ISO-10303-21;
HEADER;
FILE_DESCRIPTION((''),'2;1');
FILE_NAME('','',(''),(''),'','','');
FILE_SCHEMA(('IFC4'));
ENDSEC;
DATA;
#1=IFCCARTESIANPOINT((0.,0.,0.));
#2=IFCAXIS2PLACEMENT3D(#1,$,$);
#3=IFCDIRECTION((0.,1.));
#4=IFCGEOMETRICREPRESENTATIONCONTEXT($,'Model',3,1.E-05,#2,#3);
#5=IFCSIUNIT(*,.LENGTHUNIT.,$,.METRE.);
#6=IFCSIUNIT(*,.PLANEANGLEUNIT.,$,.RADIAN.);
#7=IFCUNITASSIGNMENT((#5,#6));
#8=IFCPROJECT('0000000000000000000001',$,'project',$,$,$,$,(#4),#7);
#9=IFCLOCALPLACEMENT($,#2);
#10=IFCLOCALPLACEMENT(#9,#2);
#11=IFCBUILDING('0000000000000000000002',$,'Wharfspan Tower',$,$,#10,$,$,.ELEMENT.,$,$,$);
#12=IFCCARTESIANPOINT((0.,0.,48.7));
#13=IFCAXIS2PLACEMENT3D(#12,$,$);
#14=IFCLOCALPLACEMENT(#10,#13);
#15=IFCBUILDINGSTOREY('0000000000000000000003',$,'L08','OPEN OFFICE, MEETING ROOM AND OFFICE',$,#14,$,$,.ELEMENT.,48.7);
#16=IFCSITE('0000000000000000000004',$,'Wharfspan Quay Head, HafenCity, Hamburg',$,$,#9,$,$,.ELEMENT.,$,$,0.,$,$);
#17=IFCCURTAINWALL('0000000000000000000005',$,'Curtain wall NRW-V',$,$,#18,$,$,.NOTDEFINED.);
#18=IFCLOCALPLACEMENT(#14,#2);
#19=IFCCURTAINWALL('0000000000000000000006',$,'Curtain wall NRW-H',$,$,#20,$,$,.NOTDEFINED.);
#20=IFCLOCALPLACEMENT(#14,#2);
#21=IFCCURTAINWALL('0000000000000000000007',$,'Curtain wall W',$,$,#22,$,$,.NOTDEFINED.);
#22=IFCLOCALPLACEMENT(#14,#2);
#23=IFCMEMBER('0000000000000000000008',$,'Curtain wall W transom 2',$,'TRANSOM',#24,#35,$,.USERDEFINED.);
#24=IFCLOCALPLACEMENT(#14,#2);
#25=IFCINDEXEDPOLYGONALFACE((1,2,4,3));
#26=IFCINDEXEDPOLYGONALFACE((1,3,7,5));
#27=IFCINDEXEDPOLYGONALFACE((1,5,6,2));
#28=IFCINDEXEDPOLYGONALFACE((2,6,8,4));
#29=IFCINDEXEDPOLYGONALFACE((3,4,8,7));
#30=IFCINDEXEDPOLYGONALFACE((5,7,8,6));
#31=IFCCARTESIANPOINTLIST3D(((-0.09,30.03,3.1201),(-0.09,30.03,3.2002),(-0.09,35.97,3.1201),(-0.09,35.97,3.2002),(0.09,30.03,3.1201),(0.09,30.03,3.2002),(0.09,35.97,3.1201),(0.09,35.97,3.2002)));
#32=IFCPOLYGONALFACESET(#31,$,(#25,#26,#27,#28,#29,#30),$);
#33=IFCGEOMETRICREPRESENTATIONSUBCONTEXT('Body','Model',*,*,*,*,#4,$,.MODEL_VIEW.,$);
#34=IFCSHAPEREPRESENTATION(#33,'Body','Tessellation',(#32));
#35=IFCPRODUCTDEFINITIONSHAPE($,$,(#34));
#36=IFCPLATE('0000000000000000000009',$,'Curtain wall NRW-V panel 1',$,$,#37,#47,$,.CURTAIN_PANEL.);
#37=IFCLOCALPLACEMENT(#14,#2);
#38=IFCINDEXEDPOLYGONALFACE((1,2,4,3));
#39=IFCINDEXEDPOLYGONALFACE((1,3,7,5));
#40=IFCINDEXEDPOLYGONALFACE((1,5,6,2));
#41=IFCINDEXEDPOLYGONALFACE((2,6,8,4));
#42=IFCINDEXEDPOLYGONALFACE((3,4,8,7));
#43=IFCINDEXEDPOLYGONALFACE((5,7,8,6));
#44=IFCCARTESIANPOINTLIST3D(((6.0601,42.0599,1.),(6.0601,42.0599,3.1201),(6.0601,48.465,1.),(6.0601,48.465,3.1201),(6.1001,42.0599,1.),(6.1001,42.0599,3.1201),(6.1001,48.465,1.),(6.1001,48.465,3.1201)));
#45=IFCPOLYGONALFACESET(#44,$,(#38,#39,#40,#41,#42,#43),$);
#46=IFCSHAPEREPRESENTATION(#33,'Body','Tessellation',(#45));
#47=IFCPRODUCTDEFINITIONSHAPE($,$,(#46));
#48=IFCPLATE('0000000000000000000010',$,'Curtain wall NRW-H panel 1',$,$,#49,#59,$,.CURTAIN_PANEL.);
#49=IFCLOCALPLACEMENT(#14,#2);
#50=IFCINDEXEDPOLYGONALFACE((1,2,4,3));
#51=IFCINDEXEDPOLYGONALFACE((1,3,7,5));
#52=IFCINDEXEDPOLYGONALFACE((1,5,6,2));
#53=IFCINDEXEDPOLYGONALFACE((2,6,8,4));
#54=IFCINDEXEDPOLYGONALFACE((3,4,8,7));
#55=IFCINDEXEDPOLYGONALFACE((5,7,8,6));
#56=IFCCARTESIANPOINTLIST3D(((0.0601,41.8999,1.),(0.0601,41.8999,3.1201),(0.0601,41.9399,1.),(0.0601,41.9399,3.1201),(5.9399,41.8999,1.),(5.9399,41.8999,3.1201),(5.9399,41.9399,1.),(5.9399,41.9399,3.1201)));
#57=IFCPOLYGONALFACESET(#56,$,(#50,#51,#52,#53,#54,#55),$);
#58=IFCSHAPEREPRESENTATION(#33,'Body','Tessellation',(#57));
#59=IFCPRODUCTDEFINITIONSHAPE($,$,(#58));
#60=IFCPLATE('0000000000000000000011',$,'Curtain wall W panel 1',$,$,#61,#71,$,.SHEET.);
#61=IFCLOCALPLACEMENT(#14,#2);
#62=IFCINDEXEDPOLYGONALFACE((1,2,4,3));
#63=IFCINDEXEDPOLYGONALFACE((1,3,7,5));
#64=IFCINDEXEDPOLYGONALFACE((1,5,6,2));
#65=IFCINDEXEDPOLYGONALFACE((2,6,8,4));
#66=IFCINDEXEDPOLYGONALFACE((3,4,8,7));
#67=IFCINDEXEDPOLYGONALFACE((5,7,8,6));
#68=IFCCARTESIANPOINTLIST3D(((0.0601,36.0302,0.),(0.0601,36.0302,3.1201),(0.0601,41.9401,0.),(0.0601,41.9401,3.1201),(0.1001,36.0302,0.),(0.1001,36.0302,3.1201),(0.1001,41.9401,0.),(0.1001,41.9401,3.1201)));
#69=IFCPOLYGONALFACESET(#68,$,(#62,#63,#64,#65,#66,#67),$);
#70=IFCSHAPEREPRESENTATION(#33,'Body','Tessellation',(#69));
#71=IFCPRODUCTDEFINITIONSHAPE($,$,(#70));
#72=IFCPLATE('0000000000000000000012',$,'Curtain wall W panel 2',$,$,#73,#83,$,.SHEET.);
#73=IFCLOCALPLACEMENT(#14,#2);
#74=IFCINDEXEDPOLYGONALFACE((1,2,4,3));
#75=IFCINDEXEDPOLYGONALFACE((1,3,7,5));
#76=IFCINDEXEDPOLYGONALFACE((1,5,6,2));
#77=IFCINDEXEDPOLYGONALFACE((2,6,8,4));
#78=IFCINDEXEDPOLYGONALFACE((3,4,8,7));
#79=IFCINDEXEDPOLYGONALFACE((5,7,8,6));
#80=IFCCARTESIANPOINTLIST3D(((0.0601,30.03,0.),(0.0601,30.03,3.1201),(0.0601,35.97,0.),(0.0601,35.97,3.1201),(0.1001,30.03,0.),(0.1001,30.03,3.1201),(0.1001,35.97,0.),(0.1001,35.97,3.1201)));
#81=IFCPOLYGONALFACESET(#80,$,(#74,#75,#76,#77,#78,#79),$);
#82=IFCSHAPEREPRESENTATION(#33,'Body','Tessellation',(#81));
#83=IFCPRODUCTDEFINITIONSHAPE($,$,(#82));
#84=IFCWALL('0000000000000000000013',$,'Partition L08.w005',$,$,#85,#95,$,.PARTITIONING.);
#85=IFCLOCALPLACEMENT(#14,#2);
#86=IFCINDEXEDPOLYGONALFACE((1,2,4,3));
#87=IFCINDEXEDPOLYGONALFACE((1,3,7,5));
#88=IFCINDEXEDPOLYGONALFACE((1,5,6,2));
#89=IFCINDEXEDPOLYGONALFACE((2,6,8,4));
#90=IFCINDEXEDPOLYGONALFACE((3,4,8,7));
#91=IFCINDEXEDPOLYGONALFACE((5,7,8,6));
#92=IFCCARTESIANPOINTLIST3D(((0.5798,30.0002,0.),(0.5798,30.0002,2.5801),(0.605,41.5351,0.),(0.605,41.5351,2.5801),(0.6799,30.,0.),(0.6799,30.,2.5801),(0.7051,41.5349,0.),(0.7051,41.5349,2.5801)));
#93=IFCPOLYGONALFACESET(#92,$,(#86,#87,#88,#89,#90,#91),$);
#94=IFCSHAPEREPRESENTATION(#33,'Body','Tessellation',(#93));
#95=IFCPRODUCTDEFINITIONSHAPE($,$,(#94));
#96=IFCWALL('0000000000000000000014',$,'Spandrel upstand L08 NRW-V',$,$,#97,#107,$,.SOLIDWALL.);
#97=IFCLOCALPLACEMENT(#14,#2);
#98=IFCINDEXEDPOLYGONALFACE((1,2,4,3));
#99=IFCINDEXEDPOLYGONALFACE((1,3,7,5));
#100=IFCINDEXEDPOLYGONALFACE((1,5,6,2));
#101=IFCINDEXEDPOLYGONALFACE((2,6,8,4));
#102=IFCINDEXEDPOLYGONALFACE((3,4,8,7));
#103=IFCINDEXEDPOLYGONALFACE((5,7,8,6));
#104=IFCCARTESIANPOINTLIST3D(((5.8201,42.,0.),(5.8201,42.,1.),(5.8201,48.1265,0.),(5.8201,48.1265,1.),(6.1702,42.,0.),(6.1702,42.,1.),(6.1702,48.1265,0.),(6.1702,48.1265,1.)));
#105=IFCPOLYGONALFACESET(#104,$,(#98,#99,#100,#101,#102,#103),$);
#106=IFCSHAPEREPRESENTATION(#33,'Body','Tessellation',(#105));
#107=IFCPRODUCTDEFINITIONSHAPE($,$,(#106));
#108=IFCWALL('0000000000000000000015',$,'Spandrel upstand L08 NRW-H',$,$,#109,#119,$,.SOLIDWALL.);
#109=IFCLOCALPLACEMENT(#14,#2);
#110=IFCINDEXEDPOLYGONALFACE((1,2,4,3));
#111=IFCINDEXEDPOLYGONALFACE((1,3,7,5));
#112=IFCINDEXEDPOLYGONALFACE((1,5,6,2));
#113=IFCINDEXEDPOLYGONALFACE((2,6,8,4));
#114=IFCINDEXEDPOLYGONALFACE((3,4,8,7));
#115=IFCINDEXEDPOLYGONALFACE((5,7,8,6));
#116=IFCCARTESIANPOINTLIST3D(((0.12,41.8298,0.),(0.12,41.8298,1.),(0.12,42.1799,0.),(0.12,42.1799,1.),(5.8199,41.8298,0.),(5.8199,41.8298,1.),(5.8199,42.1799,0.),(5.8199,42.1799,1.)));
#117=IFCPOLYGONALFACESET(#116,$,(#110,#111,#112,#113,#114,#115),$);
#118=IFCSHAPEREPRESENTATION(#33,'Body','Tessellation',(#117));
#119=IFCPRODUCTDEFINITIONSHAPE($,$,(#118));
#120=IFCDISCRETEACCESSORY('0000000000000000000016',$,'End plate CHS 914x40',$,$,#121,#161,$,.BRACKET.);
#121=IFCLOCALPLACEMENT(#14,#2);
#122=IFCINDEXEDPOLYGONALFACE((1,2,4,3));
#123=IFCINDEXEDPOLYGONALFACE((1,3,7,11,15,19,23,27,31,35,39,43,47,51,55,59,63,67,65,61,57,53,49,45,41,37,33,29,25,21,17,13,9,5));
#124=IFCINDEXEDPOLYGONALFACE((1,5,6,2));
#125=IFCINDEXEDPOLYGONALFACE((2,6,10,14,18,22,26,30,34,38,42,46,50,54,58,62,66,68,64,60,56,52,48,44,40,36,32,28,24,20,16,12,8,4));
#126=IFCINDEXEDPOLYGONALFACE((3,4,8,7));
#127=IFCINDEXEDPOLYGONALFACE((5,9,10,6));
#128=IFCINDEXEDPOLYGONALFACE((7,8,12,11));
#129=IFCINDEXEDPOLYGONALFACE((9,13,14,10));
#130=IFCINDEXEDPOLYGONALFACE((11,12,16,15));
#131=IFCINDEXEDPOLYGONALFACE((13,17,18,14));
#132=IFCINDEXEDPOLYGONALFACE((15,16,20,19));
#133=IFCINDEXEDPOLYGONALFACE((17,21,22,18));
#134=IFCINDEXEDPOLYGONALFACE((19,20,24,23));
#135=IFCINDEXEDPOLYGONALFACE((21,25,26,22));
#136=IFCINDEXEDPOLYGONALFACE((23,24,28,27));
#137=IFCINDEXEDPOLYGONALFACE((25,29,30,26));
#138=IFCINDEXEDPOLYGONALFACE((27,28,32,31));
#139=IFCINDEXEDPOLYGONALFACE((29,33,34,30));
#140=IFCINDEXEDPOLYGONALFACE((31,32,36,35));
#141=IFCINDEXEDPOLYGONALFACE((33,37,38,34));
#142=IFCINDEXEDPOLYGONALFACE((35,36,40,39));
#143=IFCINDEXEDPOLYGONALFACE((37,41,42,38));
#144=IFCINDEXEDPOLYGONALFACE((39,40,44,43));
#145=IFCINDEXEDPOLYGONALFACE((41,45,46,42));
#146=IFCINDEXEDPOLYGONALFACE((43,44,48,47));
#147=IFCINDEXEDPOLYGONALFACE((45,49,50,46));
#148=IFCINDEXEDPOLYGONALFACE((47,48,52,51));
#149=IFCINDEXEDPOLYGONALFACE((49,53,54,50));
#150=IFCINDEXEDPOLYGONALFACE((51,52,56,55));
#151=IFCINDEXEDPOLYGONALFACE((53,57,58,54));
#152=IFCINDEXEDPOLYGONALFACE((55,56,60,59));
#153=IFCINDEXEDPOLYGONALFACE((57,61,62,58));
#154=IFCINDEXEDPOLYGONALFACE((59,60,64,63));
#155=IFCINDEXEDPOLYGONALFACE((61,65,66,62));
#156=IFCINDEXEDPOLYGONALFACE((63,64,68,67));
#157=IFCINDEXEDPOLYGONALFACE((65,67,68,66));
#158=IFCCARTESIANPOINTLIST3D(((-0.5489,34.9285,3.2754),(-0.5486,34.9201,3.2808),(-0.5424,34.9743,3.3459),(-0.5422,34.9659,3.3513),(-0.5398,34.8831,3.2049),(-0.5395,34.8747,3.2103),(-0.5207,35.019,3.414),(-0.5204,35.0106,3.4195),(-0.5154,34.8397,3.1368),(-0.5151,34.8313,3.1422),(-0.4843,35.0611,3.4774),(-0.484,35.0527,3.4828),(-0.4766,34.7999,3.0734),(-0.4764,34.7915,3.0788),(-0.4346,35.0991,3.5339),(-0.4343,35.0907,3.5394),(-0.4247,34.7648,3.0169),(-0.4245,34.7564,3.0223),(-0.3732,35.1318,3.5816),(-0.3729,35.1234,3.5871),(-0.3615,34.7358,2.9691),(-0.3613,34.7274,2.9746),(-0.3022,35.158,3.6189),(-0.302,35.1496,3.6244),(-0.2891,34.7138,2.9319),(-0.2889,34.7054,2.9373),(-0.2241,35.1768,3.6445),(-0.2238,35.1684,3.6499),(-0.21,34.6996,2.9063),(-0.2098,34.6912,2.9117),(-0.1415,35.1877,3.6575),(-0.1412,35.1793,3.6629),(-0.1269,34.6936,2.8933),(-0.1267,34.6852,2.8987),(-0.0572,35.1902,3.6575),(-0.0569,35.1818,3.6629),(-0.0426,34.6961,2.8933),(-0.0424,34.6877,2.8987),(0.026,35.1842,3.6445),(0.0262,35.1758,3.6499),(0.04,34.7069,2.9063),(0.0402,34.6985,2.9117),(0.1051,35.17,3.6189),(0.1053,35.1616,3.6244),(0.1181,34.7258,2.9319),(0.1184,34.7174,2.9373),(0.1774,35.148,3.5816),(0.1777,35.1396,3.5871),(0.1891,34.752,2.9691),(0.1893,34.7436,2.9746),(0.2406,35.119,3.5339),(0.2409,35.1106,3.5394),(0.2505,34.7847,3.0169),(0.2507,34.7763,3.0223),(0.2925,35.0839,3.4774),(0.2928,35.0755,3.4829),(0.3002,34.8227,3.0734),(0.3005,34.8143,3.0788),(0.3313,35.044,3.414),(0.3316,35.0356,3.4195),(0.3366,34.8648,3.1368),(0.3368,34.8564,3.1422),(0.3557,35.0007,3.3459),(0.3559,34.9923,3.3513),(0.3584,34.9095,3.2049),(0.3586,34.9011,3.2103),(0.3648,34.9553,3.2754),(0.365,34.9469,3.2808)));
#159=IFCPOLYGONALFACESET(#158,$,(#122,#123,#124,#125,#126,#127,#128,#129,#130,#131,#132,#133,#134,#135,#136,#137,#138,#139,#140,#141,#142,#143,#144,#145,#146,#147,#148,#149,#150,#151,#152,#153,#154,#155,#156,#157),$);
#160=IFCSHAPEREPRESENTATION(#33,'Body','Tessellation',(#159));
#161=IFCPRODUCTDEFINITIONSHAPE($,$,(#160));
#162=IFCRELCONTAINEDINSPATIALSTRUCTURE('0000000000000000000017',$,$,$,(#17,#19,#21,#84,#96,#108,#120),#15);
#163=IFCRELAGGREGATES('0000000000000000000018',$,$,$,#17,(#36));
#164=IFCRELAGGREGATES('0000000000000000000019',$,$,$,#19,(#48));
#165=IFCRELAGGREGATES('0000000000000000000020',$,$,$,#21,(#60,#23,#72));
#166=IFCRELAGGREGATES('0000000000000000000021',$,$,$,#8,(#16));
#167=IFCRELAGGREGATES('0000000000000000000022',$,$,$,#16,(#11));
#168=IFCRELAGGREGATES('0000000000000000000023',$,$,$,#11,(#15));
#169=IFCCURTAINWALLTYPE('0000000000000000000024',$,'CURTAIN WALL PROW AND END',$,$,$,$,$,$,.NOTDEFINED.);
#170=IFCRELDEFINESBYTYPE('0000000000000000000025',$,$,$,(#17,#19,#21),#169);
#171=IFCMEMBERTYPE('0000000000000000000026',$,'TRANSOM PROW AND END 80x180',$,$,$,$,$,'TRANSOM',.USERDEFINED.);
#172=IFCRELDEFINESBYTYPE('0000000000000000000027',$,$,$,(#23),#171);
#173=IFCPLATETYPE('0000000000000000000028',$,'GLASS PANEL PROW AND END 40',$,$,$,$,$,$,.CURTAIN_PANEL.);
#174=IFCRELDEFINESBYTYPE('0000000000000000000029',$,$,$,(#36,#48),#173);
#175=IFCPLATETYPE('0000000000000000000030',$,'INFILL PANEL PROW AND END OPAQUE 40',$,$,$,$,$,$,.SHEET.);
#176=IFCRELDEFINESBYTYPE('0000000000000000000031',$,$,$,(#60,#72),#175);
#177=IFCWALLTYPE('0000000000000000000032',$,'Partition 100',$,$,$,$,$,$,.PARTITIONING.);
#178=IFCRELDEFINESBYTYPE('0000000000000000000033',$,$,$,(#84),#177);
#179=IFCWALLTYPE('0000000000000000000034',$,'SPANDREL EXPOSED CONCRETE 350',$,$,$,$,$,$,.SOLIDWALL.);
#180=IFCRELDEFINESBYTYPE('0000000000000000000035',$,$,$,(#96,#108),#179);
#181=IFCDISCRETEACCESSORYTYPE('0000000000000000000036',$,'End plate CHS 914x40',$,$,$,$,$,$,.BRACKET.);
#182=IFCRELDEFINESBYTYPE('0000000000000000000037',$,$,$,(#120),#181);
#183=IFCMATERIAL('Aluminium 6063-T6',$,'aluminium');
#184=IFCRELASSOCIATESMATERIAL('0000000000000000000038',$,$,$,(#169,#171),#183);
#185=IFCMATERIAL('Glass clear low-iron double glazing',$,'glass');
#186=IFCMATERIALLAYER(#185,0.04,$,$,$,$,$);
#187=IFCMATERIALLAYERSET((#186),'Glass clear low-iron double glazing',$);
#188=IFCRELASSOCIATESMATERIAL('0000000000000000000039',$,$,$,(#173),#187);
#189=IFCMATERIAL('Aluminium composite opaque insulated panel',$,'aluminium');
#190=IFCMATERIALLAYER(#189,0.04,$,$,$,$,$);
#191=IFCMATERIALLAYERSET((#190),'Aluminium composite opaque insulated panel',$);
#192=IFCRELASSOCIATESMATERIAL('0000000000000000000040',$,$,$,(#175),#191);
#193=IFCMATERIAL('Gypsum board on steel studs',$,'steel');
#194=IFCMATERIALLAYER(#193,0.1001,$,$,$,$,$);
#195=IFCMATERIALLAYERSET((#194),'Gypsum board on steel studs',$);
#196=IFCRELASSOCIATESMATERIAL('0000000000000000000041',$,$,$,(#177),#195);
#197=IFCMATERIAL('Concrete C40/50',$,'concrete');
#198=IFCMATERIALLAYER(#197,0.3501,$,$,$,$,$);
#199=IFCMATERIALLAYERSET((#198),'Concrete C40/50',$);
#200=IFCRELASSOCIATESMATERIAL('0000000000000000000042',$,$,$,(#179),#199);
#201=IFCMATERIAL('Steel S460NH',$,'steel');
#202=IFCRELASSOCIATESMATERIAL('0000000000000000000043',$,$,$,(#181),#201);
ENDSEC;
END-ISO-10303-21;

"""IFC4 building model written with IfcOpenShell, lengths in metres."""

from ifc_helpers import new_model, si_unit, direction, frame, frame_2d, origin, origin_2d, place, context, subcontext, project, spatial, rectangle, circle, extrude, material, layer, layer_set, material_profile, profile_set, type_object, element, aggregate, save


model = new_model("IFC4")

# Units and contexts
model_context = context("Model", 3, precision=1e-05, world=origin(), true_north=direction((0.0, 1.0)))
body_context = subcontext(model_context, "Body", "Model", "MODEL_VIEW")
ifc_project = project(units=[si_unit("LENGTHUNIT", "METRE"), si_unit("PLANEANGLEUNIT", "RADIAN")], contexts=[model_context])

# Site, building, storey
site_placement = place(None, origin())
site = spatial("IfcSite", under=ifc_project, at=site_placement, Name="Wharfspan Quay Head, HafenCity, Hamburg", CompositionType="ELEMENT", RefElevation=0.0)
building_placement = place(site_placement, origin())
building = spatial("IfcBuilding", under=site, at=building_placement, Name="Wharfspan Tower", CompositionType="ELEMENT")
storey_placement = place(building_placement, frame((0.0, 0.0, 48.7)))
storey = spatial("IfcBuildingStorey", under=building, at=storey_placement, Name="L08", Description="OPEN OFFICE, MEETING ROOM AND OFFICE", CompositionType="ELEMENT", Elevation=48.7)

# Shared definitions
ifc_material_1 = material(Name="Steel S460NH", Category="steel")

# Curtain walls
ifc_material_2 = material(Name="Aluminium 6063-T6", Category="aluminium")
curtain_wall_type = type_object("IfcCurtainWallType", Name="CURTAIN WALL PROW AND END", PredefinedType="NOTDEFINED", material=ifc_material_2)
curtain_wall_1_placement = place(storey_placement, origin())
curtain_wall_1 = element("IfcCurtainWall", 1, at=curtain_wall_1_placement, inside=storey, type_object=curtain_wall_type, Name="Curtain wall NRW-V", PredefinedType="NOTDEFINED")
curtain_wall_2_placement = place(storey_placement, origin())
curtain_wall_2 = element("IfcCurtainWall", 2, at=curtain_wall_2_placement, inside=storey, type_object=curtain_wall_type, Name="Curtain wall NRW-H", PredefinedType="NOTDEFINED")
curtain_wall_3_placement = place(storey_placement, origin())
curtain_wall_3 = element("IfcCurtainWall", 3, at=curtain_wall_3_placement, inside=storey, type_object=curtain_wall_type, Name="Curtain wall W", PredefinedType="NOTDEFINED")

# Member
ifc_material_profile_1 = material_profile(ifc_material_2, rectangle(XDim=0.1799, YDim=0.0801, at=origin_2d()))
ifc_profile_set_1 = profile_set([ifc_material_profile_1], Name="Aluminium 6063-T6")
member_type_1 = type_object("IfcMemberType", Name="TRANSOM PROW AND END 80x180", ElementType="TRANSOM", PredefinedType="USERDEFINED", material=ifc_profile_set_1)
member_1_placement = place(storey_placement, frame((0.0, 35.97, 3.1602), z_axis=(0.0, -1.0, 0.0), x_axis=(1.0, 0.0, 0.0)))
member_1 = element("IfcMember", 4, at=member_1_placement, type_object=member_type_1, Name="Curtain wall W transom 2", ObjectType="TRANSOM", PredefinedType="USERDEFINED", context=body_context, shape_type="SweptSolid", body=[
    extrude(rectangle(XDim=0.1799, YDim=0.0801, at=origin_2d()), origin(), (0.0, 0.0, 1.0), 5.9399),
])

# Plates
ifc_material_3 = material(Name="Glass clear low-iron double glazing", Category="glass")
ifc_layer_1 = layer(ifc_material_3, 0.04)
ifc_layer_set_1 = layer_set([ifc_layer_1], Name="Glass clear low-iron double glazing")
plate_type_1 = type_object("IfcPlateType", Name="GLASS PANEL PROW AND END 40", PredefinedType="CURTAIN_PANEL", material=ifc_layer_set_1)
plate_1_placement = place(storey_placement, frame((6.0801, 45.2625, 1.0), z_axis=(0.0, 0.0, 1.0), x_axis=(0.0, -1.0, 0.0)))
plate_1 = element("IfcPlate", 5, at=plate_1_placement, type_object=plate_type_1, Name="Curtain wall NRW-V panel 1", PredefinedType="CURTAIN_PANEL", context=body_context, shape_type="SweptSolid", body=[
    extrude(rectangle(XDim=6.405, YDim=0.04, at=origin_2d()), origin(), (0.0, 0.0, 1.0), 2.1201),
])
aggregate(curtain_wall_1, [plate_1])
plate_2_placement = place(storey_placement, frame((3.0, 41.9199, 1.0), z_axis=(0.0, 0.0, 1.0), x_axis=(-1.0, 0.0, 0.0)))
plate_2 = element("IfcPlate", 6, at=plate_2_placement, type_object=plate_type_1, Name="Curtain wall NRW-H panel 1", PredefinedType="CURTAIN_PANEL", context=body_context, shape_type="SweptSolid", body=[
    extrude(rectangle(XDim=5.8799, YDim=0.04, at=origin_2d()), origin(), (0.0, 0.0, 1.0), 2.1201),
])
aggregate(curtain_wall_2, [plate_2])
ifc_material_4 = material(Name="Aluminium composite opaque insulated panel", Category="aluminium")
ifc_layer_2 = layer(ifc_material_4, 0.04)
ifc_layer_set_2 = layer_set([ifc_layer_2], Name="Aluminium composite opaque insulated panel")
plate_type_2 = type_object("IfcPlateType", Name="INFILL PANEL PROW AND END OPAQUE 40", PredefinedType="SHEET", material=ifc_layer_set_2)
plate_3_placement = place(storey_placement, frame((0.0801, 38.9851, 0.0), z_axis=(0.0, 0.0, 1.0), x_axis=(0.0, -1.0, 0.0)))
plate_3 = element("IfcPlate", 7, at=plate_3_placement, type_object=plate_type_2, Name="Curtain wall W panel 1", PredefinedType="SHEET", context=body_context, shape_type="SweptSolid", body=[
    extrude(rectangle(XDim=5.9099, YDim=0.04, at=origin_2d()), origin(), (0.0, 0.0, 1.0), 3.1201),
])
plate_4_placement = place(storey_placement, frame((0.0801, 33.0, 0.0), z_axis=(0.0, 0.0, 1.0), x_axis=(0.0, -1.0, 0.0)))
plate_4 = element("IfcPlate", 8, at=plate_4_placement, type_object=plate_type_2, Name="Curtain wall W panel 2", PredefinedType="SHEET", context=body_context, shape_type="SweptSolid", body=[
    extrude(rectangle(XDim=5.9399, YDim=0.04, at=origin_2d()), origin(), (0.0, 0.0, 1.0), 3.1201),
])
aggregate(curtain_wall_3, [plate_3, member_1, plate_4])

# Walls
ifc_material_5 = material(Name="Gypsum board on steel studs", Category="steel")
ifc_layer_3 = layer(ifc_material_5, 0.1001)
ifc_layer_set_3 = layer_set([ifc_layer_3], Name="Gypsum board on steel studs")
wall_type_1 = type_object("IfcWallType", Name="Partition 100", PredefinedType="PARTITIONING", material=ifc_layer_set_3)
wall_1_placement = place(storey_placement, frame((0.6299, 30.0, 0.0), z_axis=(0.0, 0.0, 1.0), x_axis=(0.00218, 0.999994, 0.0)))
element("IfcWall", 9, at=wall_1_placement, inside=storey, type_object=wall_type_1, Name="Partition L08.w005", PredefinedType="PARTITIONING", context=body_context, shape_type="SweptSolid", body=[
    extrude(rectangle(XDim=11.5349, YDim=0.1001, at=frame_2d((5.7676, 0.0))), origin(), (0.0, 0.0, 1.0), 2.5801),
])
ifc_material_6 = material(Name="Concrete C40/50", Category="concrete")
ifc_layer_4 = layer(ifc_material_6, 0.3501)
ifc_layer_set_4 = layer_set([ifc_layer_4], Name="Concrete C40/50")
wall_type_2 = type_object("IfcWallType", Name="SPANDREL EXPOSED CONCRETE 350", PredefinedType="SOLIDWALL", material=ifc_layer_set_4)
wall_2_placement = place(storey_placement, frame((5.9951, 48.1265, 0.0), z_axis=(0.0, 0.0, 1.0), x_axis=(0.0, -1.0, 0.0)))
element("IfcWall", 10, at=wall_2_placement, inside=storey, type_object=wall_type_2, Name="Spandrel upstand L08 NRW-V", PredefinedType="SOLIDWALL", context=body_context, shape_type="SweptSolid", body=[
    extrude(rectangle(XDim=6.1265, YDim=0.3501, at=frame_2d((3.0632, 0.0))), origin(), (0.0, 0.0, 1.0), 1.0),
])
wall_3_placement = place(storey_placement, frame((5.8201, 42.0049, 0.0), z_axis=(0.0, 0.0, 1.0), x_axis=(-1.0, 0.0, 0.0)))
element("IfcWall", 11, at=wall_3_placement, inside=storey, type_object=wall_type_2, Name="Spandrel upstand L08 NRW-H", PredefinedType="SOLIDWALL", context=body_context, shape_type="SweptSolid", body=[
    extrude(rectangle(XDim=5.7, YDim=0.3501, at=frame_2d((2.8501, 0.0))), origin(), (0.0, 0.0, 1.0), 1.0),
])

# Discrete accessory
ifc_material_profile_2 = material_profile(ifc_material_1, circle(Radius=0.457, at=origin_2d()))
ifc_profile_set_2 = profile_set([ifc_material_profile_2], Name="Steel S460NH")
discrete_accessory_type = type_object("IfcDiscreteAccessoryType", Name="End plate CHS 914x40", PredefinedType="BRACKET", material=ifc_profile_set_2)
for number, where, z_axis, x_axis, name in (
    (12, (-0.092, 34.9419, 3.2754), (0.024686, -0.839314, 0.543086), (0.999566, 0.0294, 0.000001), "End plate CHS 914x40"),
):
    element("IfcDiscreteAccessory", number, at=place(storey_placement, frame(where, z_axis=z_axis, x_axis=x_axis)), inside=storey, type_object=discrete_accessory_type, Name=name, PredefinedType="BRACKET", context=body_context, shape_type="SweptSolid", body=[
        extrude(circle(Radius=0.457, at=origin_2d()), origin(), (0.0, 0.0, 1.0), 0.01),
    ])

save(model, "model.ifc")
